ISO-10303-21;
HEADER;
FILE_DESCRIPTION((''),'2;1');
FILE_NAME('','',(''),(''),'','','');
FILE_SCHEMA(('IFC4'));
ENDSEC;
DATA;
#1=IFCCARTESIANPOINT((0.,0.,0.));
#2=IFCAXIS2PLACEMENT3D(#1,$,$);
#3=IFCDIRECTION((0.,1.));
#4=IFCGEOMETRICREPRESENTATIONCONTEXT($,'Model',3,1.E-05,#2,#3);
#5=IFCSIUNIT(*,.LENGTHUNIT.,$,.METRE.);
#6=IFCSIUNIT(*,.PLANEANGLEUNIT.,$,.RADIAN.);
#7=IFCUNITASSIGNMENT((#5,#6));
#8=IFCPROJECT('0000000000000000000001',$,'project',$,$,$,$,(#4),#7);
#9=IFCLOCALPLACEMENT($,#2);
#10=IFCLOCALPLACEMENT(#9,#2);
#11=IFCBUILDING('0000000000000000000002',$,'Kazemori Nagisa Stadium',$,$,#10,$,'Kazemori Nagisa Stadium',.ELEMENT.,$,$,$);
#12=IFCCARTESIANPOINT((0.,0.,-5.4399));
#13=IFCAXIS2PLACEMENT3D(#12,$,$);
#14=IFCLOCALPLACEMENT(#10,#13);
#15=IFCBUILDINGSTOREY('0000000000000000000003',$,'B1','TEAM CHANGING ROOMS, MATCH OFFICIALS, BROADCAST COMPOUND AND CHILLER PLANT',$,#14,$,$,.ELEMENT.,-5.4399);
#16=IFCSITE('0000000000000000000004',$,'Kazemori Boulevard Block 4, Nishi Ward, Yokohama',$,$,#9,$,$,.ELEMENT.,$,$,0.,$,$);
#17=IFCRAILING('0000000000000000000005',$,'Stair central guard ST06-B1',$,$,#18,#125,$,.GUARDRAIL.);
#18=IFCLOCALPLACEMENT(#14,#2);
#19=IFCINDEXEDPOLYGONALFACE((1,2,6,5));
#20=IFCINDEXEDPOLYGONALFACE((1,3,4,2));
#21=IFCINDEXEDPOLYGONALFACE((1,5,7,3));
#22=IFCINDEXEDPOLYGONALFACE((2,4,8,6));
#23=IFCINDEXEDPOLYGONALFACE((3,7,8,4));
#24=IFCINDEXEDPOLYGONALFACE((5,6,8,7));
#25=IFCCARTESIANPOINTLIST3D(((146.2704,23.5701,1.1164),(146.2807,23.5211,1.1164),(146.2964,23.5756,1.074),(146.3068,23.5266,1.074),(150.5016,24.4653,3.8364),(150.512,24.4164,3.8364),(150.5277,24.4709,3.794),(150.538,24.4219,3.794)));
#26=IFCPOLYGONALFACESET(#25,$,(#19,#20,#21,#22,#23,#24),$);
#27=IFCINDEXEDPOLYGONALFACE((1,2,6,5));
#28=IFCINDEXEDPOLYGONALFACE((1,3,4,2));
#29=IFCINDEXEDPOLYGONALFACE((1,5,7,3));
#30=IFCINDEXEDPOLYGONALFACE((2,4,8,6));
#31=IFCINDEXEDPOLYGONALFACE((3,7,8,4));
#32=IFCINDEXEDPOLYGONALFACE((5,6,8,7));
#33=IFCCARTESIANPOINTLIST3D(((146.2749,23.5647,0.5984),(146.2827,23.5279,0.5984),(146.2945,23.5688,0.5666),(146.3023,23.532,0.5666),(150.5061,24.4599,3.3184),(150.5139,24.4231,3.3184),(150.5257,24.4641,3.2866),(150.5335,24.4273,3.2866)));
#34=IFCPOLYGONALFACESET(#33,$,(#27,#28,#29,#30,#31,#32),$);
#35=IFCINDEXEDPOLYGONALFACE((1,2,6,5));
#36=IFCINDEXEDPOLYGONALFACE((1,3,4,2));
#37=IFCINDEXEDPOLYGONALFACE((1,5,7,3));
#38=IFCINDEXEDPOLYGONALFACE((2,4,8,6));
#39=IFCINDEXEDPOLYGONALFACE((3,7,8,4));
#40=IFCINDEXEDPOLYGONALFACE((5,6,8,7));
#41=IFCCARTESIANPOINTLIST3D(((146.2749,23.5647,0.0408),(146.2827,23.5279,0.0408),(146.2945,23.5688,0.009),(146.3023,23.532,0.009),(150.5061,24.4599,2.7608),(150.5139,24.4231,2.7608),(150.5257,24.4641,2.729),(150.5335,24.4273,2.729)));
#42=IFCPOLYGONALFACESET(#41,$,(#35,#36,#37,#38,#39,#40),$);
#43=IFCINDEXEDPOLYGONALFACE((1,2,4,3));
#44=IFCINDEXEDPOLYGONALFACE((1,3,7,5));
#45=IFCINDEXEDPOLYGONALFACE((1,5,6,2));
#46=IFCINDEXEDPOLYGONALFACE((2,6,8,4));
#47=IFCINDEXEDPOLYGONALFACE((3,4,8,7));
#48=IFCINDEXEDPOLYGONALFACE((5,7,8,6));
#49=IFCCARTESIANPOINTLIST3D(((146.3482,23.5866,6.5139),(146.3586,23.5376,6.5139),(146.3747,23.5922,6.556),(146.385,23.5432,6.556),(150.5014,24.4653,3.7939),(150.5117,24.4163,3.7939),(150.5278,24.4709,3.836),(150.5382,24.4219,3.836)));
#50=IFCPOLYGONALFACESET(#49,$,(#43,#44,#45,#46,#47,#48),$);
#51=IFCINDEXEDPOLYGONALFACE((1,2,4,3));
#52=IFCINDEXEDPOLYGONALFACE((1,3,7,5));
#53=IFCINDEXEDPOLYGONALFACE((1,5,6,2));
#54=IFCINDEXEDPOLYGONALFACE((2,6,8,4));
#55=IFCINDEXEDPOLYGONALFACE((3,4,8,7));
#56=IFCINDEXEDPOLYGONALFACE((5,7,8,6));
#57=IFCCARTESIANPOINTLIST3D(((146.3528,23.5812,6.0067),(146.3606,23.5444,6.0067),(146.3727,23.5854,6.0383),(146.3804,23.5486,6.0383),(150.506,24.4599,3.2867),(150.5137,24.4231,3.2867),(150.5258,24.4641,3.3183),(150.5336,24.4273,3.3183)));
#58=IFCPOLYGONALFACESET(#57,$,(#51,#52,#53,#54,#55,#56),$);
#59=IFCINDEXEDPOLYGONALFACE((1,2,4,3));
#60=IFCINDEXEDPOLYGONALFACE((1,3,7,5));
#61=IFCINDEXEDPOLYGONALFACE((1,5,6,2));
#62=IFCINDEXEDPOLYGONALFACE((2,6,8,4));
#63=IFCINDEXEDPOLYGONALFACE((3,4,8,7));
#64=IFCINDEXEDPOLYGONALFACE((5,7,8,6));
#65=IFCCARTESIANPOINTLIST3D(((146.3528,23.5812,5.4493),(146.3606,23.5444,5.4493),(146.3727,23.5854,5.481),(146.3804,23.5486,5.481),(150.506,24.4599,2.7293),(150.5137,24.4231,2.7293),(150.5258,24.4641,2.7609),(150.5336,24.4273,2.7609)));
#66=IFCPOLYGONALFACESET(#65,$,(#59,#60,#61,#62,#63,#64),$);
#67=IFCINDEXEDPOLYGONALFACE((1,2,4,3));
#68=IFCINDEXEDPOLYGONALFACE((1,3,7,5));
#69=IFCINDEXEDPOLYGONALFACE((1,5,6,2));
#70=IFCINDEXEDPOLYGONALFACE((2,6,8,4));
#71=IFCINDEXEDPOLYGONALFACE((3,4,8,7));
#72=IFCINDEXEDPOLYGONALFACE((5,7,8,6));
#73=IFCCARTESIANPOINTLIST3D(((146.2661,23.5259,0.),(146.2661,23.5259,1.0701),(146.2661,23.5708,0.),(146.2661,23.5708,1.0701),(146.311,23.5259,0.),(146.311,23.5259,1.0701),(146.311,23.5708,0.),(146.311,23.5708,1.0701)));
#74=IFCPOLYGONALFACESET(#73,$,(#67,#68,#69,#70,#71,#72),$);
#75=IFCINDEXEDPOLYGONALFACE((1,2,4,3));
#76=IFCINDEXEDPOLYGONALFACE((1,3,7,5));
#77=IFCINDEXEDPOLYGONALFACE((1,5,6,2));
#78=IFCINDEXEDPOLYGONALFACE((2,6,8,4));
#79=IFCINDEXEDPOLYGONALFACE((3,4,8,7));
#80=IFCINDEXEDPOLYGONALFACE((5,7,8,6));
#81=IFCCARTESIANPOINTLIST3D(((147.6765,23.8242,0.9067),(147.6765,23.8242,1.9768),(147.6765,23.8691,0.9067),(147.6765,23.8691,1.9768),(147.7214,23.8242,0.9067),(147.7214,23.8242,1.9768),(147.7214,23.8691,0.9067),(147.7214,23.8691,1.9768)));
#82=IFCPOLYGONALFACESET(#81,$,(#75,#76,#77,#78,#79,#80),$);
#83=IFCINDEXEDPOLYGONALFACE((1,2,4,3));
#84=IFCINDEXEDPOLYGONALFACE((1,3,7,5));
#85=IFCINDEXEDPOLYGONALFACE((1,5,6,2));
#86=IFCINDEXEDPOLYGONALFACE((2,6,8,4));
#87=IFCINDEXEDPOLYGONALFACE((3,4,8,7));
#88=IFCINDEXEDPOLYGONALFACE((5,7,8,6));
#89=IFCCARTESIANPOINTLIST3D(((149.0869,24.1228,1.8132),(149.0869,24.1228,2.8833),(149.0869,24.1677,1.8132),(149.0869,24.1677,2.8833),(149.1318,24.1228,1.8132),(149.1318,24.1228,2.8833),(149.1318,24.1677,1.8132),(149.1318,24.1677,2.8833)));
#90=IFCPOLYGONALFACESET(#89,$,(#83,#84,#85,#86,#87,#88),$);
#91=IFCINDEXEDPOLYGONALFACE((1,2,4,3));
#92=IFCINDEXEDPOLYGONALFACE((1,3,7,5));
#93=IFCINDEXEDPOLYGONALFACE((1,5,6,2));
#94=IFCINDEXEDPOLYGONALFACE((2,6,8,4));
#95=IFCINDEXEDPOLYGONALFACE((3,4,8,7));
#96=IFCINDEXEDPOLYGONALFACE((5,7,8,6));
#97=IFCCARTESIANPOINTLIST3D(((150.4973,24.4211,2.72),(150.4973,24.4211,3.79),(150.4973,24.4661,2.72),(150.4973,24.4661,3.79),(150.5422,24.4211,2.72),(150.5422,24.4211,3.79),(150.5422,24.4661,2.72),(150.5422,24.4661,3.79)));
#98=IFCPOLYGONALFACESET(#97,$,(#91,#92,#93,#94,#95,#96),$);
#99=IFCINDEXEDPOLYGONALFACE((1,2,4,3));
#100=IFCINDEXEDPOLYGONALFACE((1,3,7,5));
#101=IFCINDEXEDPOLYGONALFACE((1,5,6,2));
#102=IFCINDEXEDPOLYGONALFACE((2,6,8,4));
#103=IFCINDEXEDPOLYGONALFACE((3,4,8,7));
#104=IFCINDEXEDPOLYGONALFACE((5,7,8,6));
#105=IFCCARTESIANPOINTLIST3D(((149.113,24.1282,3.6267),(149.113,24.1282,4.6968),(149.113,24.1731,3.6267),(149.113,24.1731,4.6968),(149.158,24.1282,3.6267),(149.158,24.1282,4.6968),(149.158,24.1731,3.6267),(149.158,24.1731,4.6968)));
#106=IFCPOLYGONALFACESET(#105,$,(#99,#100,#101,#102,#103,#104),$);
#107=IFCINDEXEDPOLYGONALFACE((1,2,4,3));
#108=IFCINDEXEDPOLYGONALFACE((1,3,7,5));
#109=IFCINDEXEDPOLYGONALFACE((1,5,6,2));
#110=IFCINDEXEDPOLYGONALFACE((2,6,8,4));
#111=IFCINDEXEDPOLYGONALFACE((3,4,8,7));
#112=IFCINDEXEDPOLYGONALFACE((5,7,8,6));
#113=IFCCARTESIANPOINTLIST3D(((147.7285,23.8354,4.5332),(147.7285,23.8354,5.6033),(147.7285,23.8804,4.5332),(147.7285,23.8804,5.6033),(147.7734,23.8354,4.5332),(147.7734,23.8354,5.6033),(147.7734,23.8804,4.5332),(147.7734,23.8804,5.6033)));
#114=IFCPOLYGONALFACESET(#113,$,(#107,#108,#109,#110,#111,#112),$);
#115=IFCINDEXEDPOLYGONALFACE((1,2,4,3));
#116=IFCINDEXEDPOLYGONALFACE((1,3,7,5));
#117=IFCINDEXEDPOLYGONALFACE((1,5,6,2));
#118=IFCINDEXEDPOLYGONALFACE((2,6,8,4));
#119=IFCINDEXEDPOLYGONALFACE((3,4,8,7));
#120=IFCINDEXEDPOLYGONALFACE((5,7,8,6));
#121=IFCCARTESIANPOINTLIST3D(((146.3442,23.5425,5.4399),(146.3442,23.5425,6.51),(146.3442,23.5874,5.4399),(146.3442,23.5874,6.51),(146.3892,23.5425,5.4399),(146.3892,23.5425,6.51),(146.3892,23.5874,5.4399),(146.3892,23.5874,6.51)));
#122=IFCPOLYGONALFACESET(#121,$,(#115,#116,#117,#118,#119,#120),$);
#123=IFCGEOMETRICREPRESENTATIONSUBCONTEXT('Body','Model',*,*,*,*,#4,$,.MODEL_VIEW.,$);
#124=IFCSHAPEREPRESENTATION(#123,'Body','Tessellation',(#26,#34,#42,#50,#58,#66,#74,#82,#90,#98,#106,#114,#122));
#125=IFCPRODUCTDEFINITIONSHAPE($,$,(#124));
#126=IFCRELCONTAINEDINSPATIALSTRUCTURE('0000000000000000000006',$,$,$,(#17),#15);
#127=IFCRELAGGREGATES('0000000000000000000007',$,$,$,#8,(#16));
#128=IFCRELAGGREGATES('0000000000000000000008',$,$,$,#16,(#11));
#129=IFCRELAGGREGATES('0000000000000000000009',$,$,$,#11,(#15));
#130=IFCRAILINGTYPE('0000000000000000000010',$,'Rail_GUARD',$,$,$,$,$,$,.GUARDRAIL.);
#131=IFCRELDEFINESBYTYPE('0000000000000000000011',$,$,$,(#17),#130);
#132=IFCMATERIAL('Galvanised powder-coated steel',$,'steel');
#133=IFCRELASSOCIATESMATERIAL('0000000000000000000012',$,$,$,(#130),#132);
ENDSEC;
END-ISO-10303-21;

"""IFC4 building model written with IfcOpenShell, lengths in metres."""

from ifc_helpers import new_model, si_unit, direction, frame, origin, origin_2d, place, context, subcontext, project, spatial, rectangle, extrude, material, type_object, element, save


model = new_model("IFC4")

# Units and contexts
model_context = context("Model", 3, precision=1e-05, world=origin(), true_north=direction((0.0, 1.0)))
body_context = subcontext(model_context, "Body", "Model", "MODEL_VIEW")
ifc_project = project(units=[si_unit("LENGTHUNIT", "METRE"), si_unit("PLANEANGLEUNIT", "RADIAN")], contexts=[model_context])

# Site, building, storey
site_placement = place(None, origin())
site = spatial("IfcSite", under=ifc_project, at=site_placement, Name="Kazemori Boulevard Block 4, Nishi Ward, Yokohama", CompositionType="ELEMENT", RefElevation=0.0)
building_placement = place(site_placement, origin())
building = spatial("IfcBuilding", under=site, at=building_placement, Name="Kazemori Nagisa Stadium", LongName="Kazemori Nagisa Stadium", CompositionType="ELEMENT")
storey_placement = place(building_placement, frame((0.0, 0.0, -5.4399)))
storey = spatial("IfcBuildingStorey", under=building, at=storey_placement, Name="B1", Description="TEAM CHANGING ROOMS, MATCH OFFICIALS, BROADCAST COMPOUND AND CHILLER PLANT", CompositionType="ELEMENT", Elevation=-5.4399)

# Railing
ifc_material_1 = material(Name="Galvanised powder-coated steel", Category="steel")
railing_type_1 = type_object("IfcRailingType", Name="Rail_GUARD", PredefinedType="GUARDRAIL", material=ifc_material_1)
railing_1_placement = place(storey_placement, frame((146.2886, 23.5483, 0.0)))
element("IfcRailing", 1, at=railing_1_placement, inside=storey, type_object=railing_type_1, Name="Stair central guard ST06-B1", PredefinedType="GUARDRAIL", context=body_context, shape_type="SweptSolid", body=[
    extrude(rectangle(XDim=0.05, YDim=0.05, at=origin_2d()), frame((0.0, 0.0, 1.0952), z_axis=(0.828171, 0.17523, 0.532379), x_axis=(-0.207003, 0.97834, 0.0)), (0.0, 0.0, 1.0), 5.1091),
    extrude(rectangle(XDim=0.0376, YDim=0.0376, at=origin_2d()), frame((0.0, 0.0, 0.5825), z_axis=(0.828171, 0.17523, 0.532379), x_axis=(-0.207003, 0.97834, 0.0)), (0.0, 0.0, 1.0), 5.1091),
    extrude(rectangle(XDim=0.0376, YDim=0.0376, at=origin_2d()), frame((0.0, 0.0, 0.0249), z_axis=(0.828171, 0.17523, 0.532379), x_axis=(-0.207003, 0.97834, 0.0)), (0.0, 0.0, 1.0), 5.1091),
    extrude(rectangle(XDim=0.05, YDim=0.05, at=origin_2d()), frame((4.2312, 0.8953, 3.8149), z_axis=(-0.823752, -0.17428, 0.539499), x_axis=(0.206987, -0.978344, 0.0)), (0.0, 0.0, 1.0), 5.0417),
    extrude(rectangle(XDim=0.0376, YDim=0.0376, at=origin_2d()), frame((4.2312, 0.8953, 3.3025), z_axis=(-0.823752, -0.17428, 0.539499), x_axis=(0.206987, -0.978344, 0.0)), (0.0, 0.0, 1.0), 5.0417),
    extrude(rectangle(XDim=0.0376, YDim=0.0376, at=origin_2d()), frame((4.2312, 0.8953, 2.7451), z_axis=(-0.823752, -0.17428, 0.539499), x_axis=(0.206987, -0.978344, 0.0)), (0.0, 0.0, 1.0), 5.0417),
    extrude(rectangle(XDim=0.0449, YDim=0.0449, at=origin_2d()), origin(), (0.0, 0.0, 1.0), 1.0701),
    extrude(rectangle(XDim=0.0449, YDim=0.0449, at=origin_2d()), frame((1.4104, 0.2983, 0.9067)), (0.0, 0.0, 1.0), 1.0701),
    extrude(rectangle(XDim=0.0449, YDim=0.0449, at=origin_2d()), frame((2.8208, 0.5969, 1.8132)), (0.0, 0.0, 1.0), 1.0701),
    extrude(rectangle(XDim=0.0449, YDim=0.0449, at=origin_2d()), frame((4.2312, 0.8953, 2.72)), (0.0, 0.0, 1.0), 1.0701),
    extrude(rectangle(XDim=0.0449, YDim=0.0449, at=origin_2d()), frame((2.8469, 0.6023, 3.6267)), (0.0, 0.0, 1.0), 1.0701),
    extrude(rectangle(XDim=0.0449, YDim=0.0449, at=origin_2d()), frame((1.4624, 0.3096, 4.5332)), (0.0, 0.0, 1.0), 1.0701),
    extrude(rectangle(XDim=0.0449, YDim=0.0449, at=origin_2d()), frame((0.0781, 0.0166, 5.4399)), (0.0, 0.0, 1.0), 1.0701),
])

save(model, "model.ifc")
